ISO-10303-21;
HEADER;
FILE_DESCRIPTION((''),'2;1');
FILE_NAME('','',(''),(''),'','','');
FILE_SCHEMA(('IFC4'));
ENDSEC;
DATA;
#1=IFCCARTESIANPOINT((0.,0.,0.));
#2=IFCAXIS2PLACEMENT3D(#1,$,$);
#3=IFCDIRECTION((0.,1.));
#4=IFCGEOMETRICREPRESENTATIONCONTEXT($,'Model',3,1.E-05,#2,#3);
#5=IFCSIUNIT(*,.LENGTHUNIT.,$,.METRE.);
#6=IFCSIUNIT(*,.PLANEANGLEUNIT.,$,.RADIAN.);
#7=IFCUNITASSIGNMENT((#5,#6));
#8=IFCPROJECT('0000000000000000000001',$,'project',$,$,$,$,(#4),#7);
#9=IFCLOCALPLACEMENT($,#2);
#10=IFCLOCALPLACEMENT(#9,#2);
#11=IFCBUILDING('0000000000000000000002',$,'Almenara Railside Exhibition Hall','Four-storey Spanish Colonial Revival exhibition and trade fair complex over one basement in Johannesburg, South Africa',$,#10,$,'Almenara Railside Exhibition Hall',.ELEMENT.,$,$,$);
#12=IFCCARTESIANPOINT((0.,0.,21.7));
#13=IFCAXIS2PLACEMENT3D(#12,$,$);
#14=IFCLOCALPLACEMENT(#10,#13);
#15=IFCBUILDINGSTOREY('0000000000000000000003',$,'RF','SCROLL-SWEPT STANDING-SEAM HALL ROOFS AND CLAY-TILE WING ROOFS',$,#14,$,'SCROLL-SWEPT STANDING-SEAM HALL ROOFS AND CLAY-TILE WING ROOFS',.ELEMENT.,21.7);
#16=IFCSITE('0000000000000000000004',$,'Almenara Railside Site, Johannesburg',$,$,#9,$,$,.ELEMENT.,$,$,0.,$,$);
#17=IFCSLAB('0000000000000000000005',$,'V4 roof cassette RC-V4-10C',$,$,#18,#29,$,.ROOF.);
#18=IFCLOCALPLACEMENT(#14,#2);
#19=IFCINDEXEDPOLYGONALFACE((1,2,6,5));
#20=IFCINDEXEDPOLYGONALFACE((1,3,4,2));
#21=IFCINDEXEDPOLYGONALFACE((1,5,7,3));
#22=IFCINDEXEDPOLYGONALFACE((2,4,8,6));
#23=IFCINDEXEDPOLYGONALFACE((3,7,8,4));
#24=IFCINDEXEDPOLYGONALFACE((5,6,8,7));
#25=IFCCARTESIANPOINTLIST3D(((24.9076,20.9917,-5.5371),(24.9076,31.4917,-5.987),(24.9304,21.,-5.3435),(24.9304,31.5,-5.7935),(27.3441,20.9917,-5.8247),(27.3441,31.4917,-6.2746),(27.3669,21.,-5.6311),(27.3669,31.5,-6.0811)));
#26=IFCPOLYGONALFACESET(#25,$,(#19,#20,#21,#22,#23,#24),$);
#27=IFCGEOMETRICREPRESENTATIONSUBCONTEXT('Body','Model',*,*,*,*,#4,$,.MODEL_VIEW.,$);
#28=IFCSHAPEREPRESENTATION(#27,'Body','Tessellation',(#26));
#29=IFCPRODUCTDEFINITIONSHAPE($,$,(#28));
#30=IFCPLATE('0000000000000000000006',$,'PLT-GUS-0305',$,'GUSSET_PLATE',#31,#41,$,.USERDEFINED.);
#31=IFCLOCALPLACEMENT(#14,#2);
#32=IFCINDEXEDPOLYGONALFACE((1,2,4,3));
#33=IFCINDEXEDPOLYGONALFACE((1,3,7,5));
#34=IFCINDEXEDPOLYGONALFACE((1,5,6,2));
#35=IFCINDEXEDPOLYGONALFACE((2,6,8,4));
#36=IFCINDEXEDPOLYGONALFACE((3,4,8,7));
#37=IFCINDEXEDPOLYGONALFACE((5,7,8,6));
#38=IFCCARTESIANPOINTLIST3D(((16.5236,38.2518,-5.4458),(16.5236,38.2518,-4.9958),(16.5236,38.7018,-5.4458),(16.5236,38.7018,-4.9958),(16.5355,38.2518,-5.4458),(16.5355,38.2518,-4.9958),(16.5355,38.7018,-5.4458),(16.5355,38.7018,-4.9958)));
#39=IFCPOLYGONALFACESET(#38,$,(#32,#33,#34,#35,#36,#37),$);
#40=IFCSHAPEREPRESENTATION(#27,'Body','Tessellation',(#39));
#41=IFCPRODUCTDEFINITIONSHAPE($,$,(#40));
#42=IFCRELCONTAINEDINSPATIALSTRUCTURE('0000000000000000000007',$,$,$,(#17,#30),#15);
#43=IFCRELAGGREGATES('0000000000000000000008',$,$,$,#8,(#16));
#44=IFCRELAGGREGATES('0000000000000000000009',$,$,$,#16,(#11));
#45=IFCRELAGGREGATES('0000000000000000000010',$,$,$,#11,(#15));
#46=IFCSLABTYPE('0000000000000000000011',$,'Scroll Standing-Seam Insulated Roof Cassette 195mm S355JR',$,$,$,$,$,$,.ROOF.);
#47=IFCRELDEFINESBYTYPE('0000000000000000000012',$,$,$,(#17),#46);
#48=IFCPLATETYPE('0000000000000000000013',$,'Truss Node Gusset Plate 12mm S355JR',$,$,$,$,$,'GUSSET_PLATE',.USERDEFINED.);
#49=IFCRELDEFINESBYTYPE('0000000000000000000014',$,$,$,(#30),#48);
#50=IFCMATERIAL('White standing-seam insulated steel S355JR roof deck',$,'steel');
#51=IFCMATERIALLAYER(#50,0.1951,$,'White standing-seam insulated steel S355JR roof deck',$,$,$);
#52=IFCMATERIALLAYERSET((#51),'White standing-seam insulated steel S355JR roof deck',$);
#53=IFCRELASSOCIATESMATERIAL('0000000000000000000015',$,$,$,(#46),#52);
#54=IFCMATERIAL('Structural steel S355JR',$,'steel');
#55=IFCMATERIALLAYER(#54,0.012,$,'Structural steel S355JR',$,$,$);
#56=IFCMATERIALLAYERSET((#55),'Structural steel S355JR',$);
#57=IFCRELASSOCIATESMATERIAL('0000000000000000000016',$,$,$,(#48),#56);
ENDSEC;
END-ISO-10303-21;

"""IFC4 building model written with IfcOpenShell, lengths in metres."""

from ifc_helpers import new_model, si_unit, direction, frame, origin, origin_2d, place, context, subcontext, project, spatial, polyline, rectangle, outline, extrude, material, layer, layer_set, type_object, element, save


model = new_model("IFC4")

# Units and contexts
model_context = context("Model", 3, precision=1e-05, world=origin(), true_north=direction((0.0, 1.0)))
body_context = subcontext(model_context, "Body", "Model", "MODEL_VIEW")
ifc_project = project(units=[si_unit("LENGTHUNIT", "METRE"), si_unit("PLANEANGLEUNIT", "RADIAN")], contexts=[model_context])

# Site, building, storey
site_placement = place(None, origin())
site = spatial("IfcSite", under=ifc_project, at=site_placement, Name="Almenara Railside Site, Johannesburg", CompositionType="ELEMENT", RefElevation=0.0)
building_placement = place(site_placement, origin())
building = spatial("IfcBuilding", under=site, at=building_placement, Name="Almenara Railside Exhibition Hall", Description="Four-storey Spanish Colonial Revival exhibition and trade fair complex over one basement in Johannesburg, South Africa", LongName="Almenara Railside Exhibition Hall", CompositionType="ELEMENT")
storey_placement = place(building_placement, frame((0.0, 0.0, 21.7)))
storey = spatial("IfcBuildingStorey", under=building, at=storey_placement, Name="RF", Description="SCROLL-SWEPT STANDING-SEAM HALL ROOFS AND CLAY-TILE WING ROOFS", LongName="SCROLL-SWEPT STANDING-SEAM HALL ROOFS AND CLAY-TILE WING ROOFS", CompositionType="ELEMENT", Elevation=21.7)

# Shared definitions
ifc_material_1 = material(Name="Structural steel S355JR", Category="steel")

# Slab
ifc_material_2 = material(Name="White standing-seam insulated steel S355JR roof deck", Category="steel")
ifc_layer_1 = layer(ifc_material_2, 0.1951, Name="White standing-seam insulated steel S355JR roof deck")
ifc_layer_set_1 = layer_set([ifc_layer_1], Name="White standing-seam insulated steel S355JR roof deck")
slab_type = type_object("IfcSlabType", Name="Scroll Standing-Seam Insulated Roof Cassette 195mm S355JR", PredefinedType="ROOF", material=ifc_layer_set_1)
slab_1_placement = place(storey_placement, frame((24.9304, 31.5, -5.7935), z_axis=(0.117116, 0.042519, 0.992208), x_axis=(0.993106, 0.0, -0.117222)))
element("IfcSlab", 1, at=slab_1_placement, inside=storey, type_object=slab_type, Name="V4 roof cassette RC-V4-10C", PredefinedType="ROOF", context=body_context, shape_type="SweptSolid", body=[
    extrude(outline(polyline([(0.0, 0.0), (2.4534, 0.0), (2.4007, -10.5095), (-0.0527, -10.5095), (0.0, 0.0)])), origin(), (0.0, 0.0, -1.0), 0.1951),
])

# Plate
ifc_layer_2 = layer(ifc_material_1, 0.012, Name="Structural steel S355JR")
ifc_layer_set_2 = layer_set([ifc_layer_2], Name="Structural steel S355JR")
plate_type_1 = type_object("IfcPlateType", Name="Truss Node Gusset Plate 12mm S355JR", ElementType="GUSSET_PLATE", PredefinedType="USERDEFINED", material=ifc_layer_set_2)
plate_1_placement = place(storey_placement, frame((16.5295, 38.4768, -5.4458), z_axis=(0.0, 0.0, 1.0), x_axis=(0.0, 1.0, 0.0)))
element("IfcPlate", 2, at=plate_1_placement, inside=storey, type_object=plate_type_1, Name="PLT-GUS-0305", ObjectType="GUSSET_PLATE", PredefinedType="USERDEFINED", context=body_context, shape_type="SweptSolid", body=[
    extrude(rectangle(XDim=0.45, YDim=0.012, at=origin_2d()), origin(), (0.0, 0.0, 1.0), 0.45),
])

save(model, "model.ifc")
